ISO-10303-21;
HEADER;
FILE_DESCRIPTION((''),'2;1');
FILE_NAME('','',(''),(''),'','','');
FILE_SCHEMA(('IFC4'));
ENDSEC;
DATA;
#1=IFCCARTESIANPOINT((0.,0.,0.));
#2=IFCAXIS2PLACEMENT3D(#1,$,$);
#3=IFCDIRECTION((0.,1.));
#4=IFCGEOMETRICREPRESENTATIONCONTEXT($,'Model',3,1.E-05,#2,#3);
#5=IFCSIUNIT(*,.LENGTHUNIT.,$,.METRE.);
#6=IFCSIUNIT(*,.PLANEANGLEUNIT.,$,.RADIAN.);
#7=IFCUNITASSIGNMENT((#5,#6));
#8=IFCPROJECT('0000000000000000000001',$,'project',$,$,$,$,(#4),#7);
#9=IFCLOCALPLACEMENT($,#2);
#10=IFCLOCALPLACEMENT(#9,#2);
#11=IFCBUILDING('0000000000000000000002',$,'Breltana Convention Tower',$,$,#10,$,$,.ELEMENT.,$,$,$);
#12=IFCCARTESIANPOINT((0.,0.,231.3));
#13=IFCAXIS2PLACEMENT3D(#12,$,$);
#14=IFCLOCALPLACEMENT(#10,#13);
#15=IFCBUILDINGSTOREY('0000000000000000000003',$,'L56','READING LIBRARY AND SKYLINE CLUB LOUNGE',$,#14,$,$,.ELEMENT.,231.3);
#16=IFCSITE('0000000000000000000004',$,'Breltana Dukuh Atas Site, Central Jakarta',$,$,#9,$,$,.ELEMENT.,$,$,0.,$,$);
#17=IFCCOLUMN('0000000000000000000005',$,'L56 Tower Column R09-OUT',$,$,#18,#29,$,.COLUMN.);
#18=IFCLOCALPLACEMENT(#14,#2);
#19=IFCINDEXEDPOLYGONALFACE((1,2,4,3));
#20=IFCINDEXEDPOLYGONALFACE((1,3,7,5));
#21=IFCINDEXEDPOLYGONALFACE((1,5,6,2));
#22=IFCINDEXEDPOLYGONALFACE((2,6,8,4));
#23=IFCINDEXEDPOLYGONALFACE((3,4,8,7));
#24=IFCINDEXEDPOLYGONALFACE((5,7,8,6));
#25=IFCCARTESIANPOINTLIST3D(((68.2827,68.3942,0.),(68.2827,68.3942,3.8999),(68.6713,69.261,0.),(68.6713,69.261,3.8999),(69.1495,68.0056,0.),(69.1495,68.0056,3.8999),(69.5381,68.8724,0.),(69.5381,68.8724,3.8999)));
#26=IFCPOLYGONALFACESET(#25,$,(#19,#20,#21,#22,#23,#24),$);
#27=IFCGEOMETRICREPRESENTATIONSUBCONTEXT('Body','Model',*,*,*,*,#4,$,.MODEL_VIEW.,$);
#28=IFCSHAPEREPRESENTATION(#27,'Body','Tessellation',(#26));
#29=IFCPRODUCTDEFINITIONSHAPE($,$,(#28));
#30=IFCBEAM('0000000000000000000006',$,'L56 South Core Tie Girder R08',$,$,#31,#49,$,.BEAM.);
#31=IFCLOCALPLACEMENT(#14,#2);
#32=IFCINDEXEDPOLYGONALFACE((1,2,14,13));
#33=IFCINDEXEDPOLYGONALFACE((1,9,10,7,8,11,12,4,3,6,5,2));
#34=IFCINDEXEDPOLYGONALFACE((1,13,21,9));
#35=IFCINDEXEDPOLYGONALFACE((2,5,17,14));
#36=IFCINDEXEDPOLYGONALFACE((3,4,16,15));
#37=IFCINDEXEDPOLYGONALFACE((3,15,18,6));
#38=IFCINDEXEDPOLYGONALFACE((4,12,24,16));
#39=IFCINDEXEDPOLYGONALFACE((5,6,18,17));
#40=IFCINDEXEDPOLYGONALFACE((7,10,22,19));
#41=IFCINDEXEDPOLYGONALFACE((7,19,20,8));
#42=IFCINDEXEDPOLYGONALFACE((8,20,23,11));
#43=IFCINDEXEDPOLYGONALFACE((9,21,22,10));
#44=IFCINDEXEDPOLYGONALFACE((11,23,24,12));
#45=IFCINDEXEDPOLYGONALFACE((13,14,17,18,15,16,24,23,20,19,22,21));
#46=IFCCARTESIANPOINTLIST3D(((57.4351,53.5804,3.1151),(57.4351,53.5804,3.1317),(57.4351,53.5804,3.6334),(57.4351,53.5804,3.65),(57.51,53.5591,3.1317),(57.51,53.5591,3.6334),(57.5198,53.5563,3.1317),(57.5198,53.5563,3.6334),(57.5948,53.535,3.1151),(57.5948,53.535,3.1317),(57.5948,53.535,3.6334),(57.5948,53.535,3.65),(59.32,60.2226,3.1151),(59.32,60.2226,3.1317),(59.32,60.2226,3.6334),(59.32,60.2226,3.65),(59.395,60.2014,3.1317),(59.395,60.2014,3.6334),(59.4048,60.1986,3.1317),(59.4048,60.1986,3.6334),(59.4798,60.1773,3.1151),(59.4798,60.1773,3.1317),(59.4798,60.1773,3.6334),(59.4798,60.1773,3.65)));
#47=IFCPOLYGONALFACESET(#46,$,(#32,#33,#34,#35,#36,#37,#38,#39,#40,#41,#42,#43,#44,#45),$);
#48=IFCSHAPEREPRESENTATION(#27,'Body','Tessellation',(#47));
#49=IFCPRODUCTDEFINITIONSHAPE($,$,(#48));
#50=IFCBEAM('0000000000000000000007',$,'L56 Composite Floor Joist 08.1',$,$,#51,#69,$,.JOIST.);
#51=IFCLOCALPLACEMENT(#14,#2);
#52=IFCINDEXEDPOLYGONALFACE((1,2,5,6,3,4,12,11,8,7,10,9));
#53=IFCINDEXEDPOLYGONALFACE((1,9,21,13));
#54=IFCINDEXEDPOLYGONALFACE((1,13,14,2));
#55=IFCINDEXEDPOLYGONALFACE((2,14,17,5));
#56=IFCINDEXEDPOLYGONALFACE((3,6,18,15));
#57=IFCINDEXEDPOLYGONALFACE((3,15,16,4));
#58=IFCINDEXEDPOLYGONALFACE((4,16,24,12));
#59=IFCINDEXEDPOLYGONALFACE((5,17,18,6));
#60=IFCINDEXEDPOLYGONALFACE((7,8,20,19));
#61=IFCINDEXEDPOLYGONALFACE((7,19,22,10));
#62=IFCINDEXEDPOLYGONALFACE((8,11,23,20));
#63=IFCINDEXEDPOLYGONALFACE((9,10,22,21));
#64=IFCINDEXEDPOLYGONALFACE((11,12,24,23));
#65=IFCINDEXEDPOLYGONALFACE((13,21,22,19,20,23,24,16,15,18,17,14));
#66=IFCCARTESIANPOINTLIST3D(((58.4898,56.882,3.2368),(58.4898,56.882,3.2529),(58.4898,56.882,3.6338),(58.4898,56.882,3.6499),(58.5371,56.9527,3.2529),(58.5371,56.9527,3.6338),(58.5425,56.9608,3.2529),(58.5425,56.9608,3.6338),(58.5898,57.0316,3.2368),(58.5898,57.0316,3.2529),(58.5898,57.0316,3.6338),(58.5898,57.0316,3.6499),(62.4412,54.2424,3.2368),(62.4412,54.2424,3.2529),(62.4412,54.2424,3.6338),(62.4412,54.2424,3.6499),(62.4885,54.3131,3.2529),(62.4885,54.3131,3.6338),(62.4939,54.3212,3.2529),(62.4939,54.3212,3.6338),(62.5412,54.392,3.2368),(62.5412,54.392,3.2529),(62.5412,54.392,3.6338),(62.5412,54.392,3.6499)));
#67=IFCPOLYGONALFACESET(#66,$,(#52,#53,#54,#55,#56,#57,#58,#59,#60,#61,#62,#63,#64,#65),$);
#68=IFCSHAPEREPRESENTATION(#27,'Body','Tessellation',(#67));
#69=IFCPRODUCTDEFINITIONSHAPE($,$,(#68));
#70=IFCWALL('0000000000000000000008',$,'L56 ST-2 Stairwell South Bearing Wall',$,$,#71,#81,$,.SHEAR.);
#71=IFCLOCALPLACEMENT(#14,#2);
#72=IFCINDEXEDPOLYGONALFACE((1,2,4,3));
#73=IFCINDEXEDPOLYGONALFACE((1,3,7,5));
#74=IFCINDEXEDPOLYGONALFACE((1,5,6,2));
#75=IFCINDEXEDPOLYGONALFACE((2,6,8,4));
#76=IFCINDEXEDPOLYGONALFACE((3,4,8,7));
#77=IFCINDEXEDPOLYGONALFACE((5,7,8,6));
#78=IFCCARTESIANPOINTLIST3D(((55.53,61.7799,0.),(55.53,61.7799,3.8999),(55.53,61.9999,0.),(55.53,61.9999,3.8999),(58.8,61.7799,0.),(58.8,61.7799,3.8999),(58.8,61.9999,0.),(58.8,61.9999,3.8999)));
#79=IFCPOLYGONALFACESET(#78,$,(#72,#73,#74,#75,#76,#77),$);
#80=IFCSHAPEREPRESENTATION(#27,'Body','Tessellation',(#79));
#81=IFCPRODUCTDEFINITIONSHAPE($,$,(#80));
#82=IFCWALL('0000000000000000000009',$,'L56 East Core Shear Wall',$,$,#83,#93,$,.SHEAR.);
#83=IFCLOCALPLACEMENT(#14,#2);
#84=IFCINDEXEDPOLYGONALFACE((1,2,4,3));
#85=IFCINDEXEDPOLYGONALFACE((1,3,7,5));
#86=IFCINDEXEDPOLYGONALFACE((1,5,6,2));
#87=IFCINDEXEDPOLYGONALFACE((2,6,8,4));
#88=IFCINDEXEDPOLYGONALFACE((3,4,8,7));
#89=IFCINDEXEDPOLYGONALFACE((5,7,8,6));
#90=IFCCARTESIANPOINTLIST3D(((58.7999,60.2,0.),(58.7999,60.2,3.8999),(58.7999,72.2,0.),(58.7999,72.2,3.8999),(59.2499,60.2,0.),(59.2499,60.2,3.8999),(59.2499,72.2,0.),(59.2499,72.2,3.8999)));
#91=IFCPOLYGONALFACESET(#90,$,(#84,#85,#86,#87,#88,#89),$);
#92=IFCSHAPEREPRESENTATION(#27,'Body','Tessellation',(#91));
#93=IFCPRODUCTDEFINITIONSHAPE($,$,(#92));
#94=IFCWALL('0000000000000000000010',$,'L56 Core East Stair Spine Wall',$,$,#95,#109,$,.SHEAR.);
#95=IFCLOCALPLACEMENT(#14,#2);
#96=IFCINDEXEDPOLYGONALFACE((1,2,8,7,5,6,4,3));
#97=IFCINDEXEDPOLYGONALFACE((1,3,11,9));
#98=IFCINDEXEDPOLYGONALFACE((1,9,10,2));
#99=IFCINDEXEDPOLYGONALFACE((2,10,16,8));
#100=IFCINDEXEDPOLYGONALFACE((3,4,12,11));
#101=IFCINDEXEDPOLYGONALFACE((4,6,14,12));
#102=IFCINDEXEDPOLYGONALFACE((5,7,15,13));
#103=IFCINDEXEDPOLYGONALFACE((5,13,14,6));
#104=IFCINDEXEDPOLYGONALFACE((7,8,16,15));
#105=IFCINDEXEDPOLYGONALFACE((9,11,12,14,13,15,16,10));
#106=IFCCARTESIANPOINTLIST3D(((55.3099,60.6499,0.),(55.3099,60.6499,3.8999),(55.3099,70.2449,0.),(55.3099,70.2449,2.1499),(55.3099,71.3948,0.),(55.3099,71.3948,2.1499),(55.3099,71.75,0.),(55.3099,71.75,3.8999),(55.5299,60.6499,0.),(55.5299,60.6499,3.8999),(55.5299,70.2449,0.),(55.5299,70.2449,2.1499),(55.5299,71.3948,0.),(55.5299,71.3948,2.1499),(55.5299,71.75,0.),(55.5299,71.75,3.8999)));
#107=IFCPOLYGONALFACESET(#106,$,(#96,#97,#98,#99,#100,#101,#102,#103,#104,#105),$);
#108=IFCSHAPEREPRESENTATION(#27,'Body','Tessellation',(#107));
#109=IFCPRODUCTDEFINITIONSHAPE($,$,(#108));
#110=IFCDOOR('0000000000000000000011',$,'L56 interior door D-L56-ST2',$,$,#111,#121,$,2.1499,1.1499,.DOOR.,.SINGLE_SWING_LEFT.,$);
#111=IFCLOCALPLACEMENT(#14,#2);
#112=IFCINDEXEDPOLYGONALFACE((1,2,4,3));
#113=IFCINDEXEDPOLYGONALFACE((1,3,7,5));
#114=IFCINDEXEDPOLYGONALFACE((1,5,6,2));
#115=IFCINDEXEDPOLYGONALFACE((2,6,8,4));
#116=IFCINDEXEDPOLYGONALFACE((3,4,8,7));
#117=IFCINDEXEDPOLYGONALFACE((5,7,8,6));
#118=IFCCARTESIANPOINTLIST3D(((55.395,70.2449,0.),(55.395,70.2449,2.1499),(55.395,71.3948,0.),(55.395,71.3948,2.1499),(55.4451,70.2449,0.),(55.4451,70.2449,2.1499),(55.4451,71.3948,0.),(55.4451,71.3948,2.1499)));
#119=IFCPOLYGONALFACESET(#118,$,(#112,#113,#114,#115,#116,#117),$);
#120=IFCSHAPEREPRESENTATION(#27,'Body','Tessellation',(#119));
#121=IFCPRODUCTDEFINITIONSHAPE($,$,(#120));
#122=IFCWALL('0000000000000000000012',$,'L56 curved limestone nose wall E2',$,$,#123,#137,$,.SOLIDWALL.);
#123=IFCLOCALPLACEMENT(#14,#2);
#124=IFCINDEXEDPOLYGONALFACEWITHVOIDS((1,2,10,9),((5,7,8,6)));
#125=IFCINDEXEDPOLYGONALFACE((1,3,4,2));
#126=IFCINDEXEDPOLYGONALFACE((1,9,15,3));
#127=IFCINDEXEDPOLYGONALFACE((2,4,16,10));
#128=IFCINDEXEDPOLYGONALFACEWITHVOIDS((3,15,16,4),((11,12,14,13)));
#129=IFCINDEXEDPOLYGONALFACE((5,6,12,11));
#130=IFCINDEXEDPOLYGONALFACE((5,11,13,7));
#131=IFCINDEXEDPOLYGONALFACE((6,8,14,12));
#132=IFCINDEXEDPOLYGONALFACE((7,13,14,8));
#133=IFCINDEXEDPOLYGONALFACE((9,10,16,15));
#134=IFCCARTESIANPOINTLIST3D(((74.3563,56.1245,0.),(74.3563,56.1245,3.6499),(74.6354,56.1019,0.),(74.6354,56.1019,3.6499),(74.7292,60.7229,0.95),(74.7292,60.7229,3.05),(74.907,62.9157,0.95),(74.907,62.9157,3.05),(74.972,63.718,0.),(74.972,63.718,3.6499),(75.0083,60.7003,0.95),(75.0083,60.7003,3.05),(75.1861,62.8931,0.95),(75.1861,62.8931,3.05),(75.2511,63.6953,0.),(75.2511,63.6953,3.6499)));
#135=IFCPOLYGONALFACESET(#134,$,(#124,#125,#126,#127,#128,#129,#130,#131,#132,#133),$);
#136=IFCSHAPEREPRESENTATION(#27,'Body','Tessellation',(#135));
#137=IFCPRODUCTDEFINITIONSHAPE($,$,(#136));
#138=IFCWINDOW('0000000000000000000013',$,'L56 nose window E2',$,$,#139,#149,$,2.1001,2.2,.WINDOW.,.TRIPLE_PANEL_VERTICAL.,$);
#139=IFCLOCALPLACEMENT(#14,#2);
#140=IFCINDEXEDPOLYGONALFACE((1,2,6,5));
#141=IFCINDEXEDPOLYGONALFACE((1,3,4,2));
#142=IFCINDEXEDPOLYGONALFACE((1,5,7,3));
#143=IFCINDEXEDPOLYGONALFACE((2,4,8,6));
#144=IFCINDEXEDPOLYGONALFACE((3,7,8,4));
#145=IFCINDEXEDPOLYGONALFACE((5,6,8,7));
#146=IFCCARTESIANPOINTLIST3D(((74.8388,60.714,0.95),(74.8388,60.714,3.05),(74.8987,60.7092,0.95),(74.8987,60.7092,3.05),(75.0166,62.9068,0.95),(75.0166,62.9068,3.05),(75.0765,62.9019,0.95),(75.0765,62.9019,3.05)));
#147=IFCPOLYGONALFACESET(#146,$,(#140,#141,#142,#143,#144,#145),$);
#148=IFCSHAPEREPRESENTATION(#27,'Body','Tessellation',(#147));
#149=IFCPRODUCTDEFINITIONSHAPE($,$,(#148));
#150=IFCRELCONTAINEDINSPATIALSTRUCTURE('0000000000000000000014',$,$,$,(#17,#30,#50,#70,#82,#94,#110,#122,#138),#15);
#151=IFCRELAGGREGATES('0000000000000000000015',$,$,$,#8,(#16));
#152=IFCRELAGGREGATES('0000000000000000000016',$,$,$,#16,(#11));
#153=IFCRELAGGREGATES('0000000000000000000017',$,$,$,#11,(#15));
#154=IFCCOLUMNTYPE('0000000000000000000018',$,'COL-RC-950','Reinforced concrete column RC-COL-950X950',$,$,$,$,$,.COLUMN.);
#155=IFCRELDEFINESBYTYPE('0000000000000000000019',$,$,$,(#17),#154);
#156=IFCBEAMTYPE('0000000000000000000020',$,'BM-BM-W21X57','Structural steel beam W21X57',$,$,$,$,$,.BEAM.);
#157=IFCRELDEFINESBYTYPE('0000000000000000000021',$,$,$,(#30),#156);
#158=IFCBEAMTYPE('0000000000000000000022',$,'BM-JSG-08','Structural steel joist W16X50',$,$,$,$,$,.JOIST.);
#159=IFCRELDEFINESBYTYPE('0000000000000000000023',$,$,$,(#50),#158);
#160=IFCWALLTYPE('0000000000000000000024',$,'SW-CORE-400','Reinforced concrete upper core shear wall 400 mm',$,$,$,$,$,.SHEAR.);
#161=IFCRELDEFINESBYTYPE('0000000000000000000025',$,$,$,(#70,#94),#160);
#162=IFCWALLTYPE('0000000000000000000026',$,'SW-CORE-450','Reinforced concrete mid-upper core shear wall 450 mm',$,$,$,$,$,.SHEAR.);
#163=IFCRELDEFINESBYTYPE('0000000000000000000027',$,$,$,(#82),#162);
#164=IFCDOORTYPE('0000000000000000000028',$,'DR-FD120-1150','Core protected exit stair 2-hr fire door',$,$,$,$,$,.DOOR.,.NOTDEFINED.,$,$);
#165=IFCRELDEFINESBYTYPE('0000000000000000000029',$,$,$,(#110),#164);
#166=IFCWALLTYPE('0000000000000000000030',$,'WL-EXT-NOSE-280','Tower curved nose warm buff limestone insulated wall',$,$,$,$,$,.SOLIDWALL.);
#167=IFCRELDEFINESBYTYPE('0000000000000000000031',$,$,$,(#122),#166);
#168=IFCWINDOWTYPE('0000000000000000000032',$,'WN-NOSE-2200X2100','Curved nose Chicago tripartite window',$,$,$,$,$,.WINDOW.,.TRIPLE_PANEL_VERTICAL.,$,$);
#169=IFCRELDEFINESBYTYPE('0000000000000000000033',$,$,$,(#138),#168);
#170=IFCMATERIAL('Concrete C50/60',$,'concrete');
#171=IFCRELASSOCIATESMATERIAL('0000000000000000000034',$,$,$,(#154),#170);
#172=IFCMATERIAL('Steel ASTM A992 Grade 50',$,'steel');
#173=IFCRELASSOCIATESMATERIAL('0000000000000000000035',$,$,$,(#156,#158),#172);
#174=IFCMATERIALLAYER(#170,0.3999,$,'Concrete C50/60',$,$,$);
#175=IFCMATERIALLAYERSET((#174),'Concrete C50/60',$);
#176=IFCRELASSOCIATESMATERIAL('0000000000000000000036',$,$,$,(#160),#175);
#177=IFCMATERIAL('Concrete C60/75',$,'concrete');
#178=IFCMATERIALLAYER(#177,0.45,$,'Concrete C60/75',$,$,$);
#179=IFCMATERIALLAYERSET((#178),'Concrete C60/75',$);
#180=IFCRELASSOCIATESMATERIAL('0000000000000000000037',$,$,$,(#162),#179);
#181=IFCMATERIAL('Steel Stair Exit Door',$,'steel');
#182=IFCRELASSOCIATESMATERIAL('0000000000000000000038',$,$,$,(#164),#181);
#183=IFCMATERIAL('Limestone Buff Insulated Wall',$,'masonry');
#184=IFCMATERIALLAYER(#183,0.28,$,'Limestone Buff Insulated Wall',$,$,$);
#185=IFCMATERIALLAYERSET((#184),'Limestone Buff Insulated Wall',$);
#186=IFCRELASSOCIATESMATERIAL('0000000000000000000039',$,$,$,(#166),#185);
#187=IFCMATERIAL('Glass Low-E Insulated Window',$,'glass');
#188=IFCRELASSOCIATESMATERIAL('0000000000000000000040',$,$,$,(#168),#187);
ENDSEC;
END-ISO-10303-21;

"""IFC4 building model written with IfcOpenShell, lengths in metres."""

from ifc_helpers import new_model, si_unit, direction, frame, frame_2d, origin, origin_2d, place, context, subcontext, project, spatial, rectangle, i_section, extrude, source, transform, mapped, material, layer, layer_set, material_profile, profile_set, type_object, type_shapes, element, fill, save


model = new_model("IFC4")

# Units and contexts
model_context = context("Model", 3, precision=1e-05, world=origin(), true_north=direction((0.0, 1.0)))
body_context = subcontext(model_context, "Body", "Model", "MODEL_VIEW")
ifc_project = project(units=[si_unit("LENGTHUNIT", "METRE"), si_unit("PLANEANGLEUNIT", "RADIAN")], contexts=[model_context])

# Site, building, storey
site_placement = place(None, origin())
site = spatial("IfcSite", under=ifc_project, at=site_placement, Name="Breltana Dukuh Atas Site, Central Jakarta", CompositionType="ELEMENT", RefElevation=0.0)
building_placement = place(site_placement, origin())
building = spatial("IfcBuilding", under=site, at=building_placement, Name="Breltana Convention Tower", CompositionType="ELEMENT")
storey_placement = place(building_placement, frame((0.0, 0.0, 231.3)))
storey = spatial("IfcBuildingStorey", under=building, at=storey_placement, Name="L56", Description="READING LIBRARY AND SKYLINE CLUB LOUNGE", CompositionType="ELEMENT", Elevation=231.3)

# Column
ifc_material_1 = material(Name="Concrete C50/60", Category="concrete")
ifc_material_profile_1 = material_profile(ifc_material_1, rectangle(XDim=0.95, YDim=0.95, at=origin_2d()), Name="RC-COL-950X950")
ifc_profile_set_1 = profile_set([ifc_material_profile_1], Name="Concrete C50/60")
column_type = type_object("IfcColumnType", Name="COL-RC-950", Description="Reinforced concrete column RC-COL-950X950", PredefinedType="COLUMN", material=ifc_profile_set_1)
shared_shape_1 = source(origin(), body_context, "Body", "SweptSolid", [
    extrude(rectangle(XDim=0.95, YDim=0.95, at=origin_2d()), origin(), (0.0, 0.0, 1.0), 3.8999),
])
column_placement = place(storey_placement, frame((68.9104, 68.6333, 0.0), z_axis=(0.0, 0.0, 1.0), x_axis=(0.409127, 0.912477, 0.0)))
element("IfcColumn", 1, at=column_placement, inside=storey, type_object=column_type, Name="L56 Tower Column R09-OUT", PredefinedType="COLUMN", context=body_context, shape_type="MappedRepresentation", body=[
    mapped(shared_shape_1, transform((0.0, 0.0, 0.0), scale=1.0)),
])

# Beams
ifc_material_2 = material(Name="Steel ASTM A992 Grade 50", Category="steel")
ifc_material_profile_2 = material_profile(ifc_material_2, i_section(OverallWidth=0.166, OverallDepth=0.5349, WebThickness=0.0103, FlangeThickness=0.0166, at=origin_2d()), Name="W21X57")
ifc_profile_set_2 = profile_set([ifc_material_profile_2], Name="Steel ASTM A992 Grade 50")
beam_type_1 = type_object("IfcBeamType", Name="BM-BM-W21X57", Description="Structural steel beam W21X57", PredefinedType="BEAM", material=ifc_profile_set_2)
shared_shape_2 = source(origin(), body_context, "Body", "SweptSolid", [
    extrude(i_section(OverallWidth=0.166, OverallDepth=0.5349, WebThickness=0.0103, FlangeThickness=0.0166, at=origin_2d()), origin(), (0.0, 0.0, 1.0), 6.9045),
])
type_shapes(beam_type_1, [shared_shape_2])
beam_1_placement = place(storey_placement, frame((59.3999, 60.2, 3.3826), z_axis=(-0.273007, -0.962012, 0.0), x_axis=(0.962012, -0.273007, 0.0)))
element("IfcBeam", 2, at=beam_1_placement, inside=storey, type_object=beam_type_1, Name="L56 South Core Tie Girder R08", PredefinedType="BEAM", context=body_context, shape_type="MappedRepresentation", body=[
    mapped(shared_shape_2, transform((0.0, 0.0, 0.0), scale=1.0)),
])
ifc_material_profile_3 = material_profile(ifc_material_2, i_section(OverallWidth=0.1799, OverallDepth=0.4131, WebThickness=0.0098, FlangeThickness=0.0161, at=origin_2d()), Name="W16X50")
ifc_profile_set_3 = profile_set([ifc_material_profile_3], Name="Steel ASTM A992 Grade 50")
beam_type_2 = type_object("IfcBeamType", Name="BM-JSG-08", Description="Structural steel joist W16X50", PredefinedType="JOIST", material=ifc_profile_set_3)
shared_shape_3 = source(origin(), body_context, "Body", "SweptSolid", [
    extrude(i_section(OverallWidth=0.1799, OverallDepth=0.4131, WebThickness=0.0098, FlangeThickness=0.0161, at=origin_2d()), origin(), (0.0, 0.0, 1.0), 4.752),
])
beam_2_placement = place(storey_placement, frame((58.5398, 56.9568, 3.4434), z_axis=(0.831528, -0.555482, 0.0), x_axis=(0.555482, 0.831528, 0.0)))
element("IfcBeam", 3, at=beam_2_placement, inside=storey, type_object=beam_type_2, Name="L56 Composite Floor Joist 08.1", PredefinedType="JOIST", context=body_context, shape_type="MappedRepresentation", body=[
    mapped(shared_shape_3, transform((0.0, 0.0, 0.0), scale=1.0)),
])

# Walls
ifc_layer_1 = layer(ifc_material_1, 0.3999, Name="Concrete C50/60")
ifc_layer_set_1 = layer_set([ifc_layer_1], Name="Concrete C50/60")
wall_type_1 = type_object("IfcWallType", Name="SW-CORE-400", Description="Reinforced concrete upper core shear wall 400 mm", PredefinedType="SHEAR", material=ifc_layer_set_1)
shared_shape_4 = source(origin(), body_context, "Body", "SweptSolid", [
    extrude(rectangle(XDim=3.27, YDim=0.22, at=frame_2d((1.635, 0.0))), origin(), (0.0, 0.0, 1.0), 3.8999),
])
wall_1_placement = place(storey_placement, frame((55.53, 61.8899, 0.0), z_axis=(0.0, 0.0, 1.0), x_axis=(1.0, 0.0, 0.0)))
element("IfcWall", 4, at=wall_1_placement, inside=storey, type_object=wall_type_1, Name="L56 ST-2 Stairwell South Bearing Wall", PredefinedType="SHEAR", context=body_context, shape_type="MappedRepresentation", body=[
    mapped(shared_shape_4, transform((0.0, 0.0, 0.0), scale=1.0)),
])
ifc_material_3 = material(Name="Concrete C60/75", Category="concrete")
ifc_layer_2 = layer(ifc_material_3, 0.45, Name="Concrete C60/75")
ifc_layer_set_2 = layer_set([ifc_layer_2], Name="Concrete C60/75")
wall_type_2 = type_object("IfcWallType", Name="SW-CORE-450", Description="Reinforced concrete mid-upper core shear wall 450 mm", PredefinedType="SHEAR", material=ifc_layer_set_2)
shared_shape_5 = source(origin(), body_context, "Body", "SweptSolid", [
    extrude(rectangle(XDim=12.0, YDim=0.45, at=frame_2d((6.0, 0.0))), origin(), (0.0, 0.0, 1.0), 3.8999),
])
wall_2_placement = place(storey_placement, frame((59.0249, 60.2, 0.0), z_axis=(0.0, 0.0, 1.0), x_axis=(0.0, 1.0, 0.0)))
element("IfcWall", 5, at=wall_2_placement, inside=storey, type_object=wall_type_2, Name="L56 East Core Shear Wall", PredefinedType="SHEAR", context=body_context, shape_type="MappedRepresentation", body=[
    mapped(shared_shape_5, transform((0.0, 0.0, 0.0), scale=1.0)),
])

# Wall, opening, door
shared_shape_6 = source(origin(), body_context, "Body", "SweptSolid", [
    extrude(rectangle(XDim=11.1001, YDim=0.22, at=frame_2d((5.55, 0.0))), origin(), (0.0, 0.0, 1.0), 3.8999),
])
wall_3_placement = place(storey_placement, frame((55.4199, 60.6499, 0.0), z_axis=(0.0, 0.0, 1.0), x_axis=(0.0, 1.0, 0.0)))
wall_3 = element("IfcWall", 6, at=wall_3_placement, inside=storey, type_object=wall_type_1, Name="L56 Core East Stair Spine Wall", PredefinedType="SHEAR", context=body_context, shape_type="MappedRepresentation", body=[
    mapped(shared_shape_6, transform((0.0, 0.0, 0.0), scale=1.0)),
])
opening_1_placement = place(wall_3_placement, frame((9.595, 0.0, 0.0)))
opening_1 = element("IfcOpeningElement", 7, at=opening_1_placement, cuts=wall_3, PredefinedType="OPENING", context=body_context, shape_type="SweptSolid", body=[
    extrude(rectangle(XDim=1.1499, YDim=2.1499, at=frame_2d((0.575, 1.075))), frame((0.0, 0.1201, 0.0), z_axis=(0.0, -1.0, 0.0), x_axis=(1.0, 0.0, 0.0)), (0.0, 0.0, 1.0), 0.24),
])
ifc_material_4 = material(Name="Steel Stair Exit Door", Category="steel")
door_type_1 = type_object("IfcDoorType", Name="DR-FD120-1150", Description="Core protected exit stair 2-hr fire door", OperationType="NOTDEFINED", PredefinedType="DOOR", material=ifc_material_4)
shared_shape_7 = source(origin(), body_context, "Body", "SweptSolid", [
    extrude(rectangle(XDim=1.1499, YDim=2.1499, at=frame_2d((0.575, 1.075))), frame((0.0, 0.0249, 0.0), z_axis=(0.0, -1.0, 0.0), x_axis=(1.0, 0.0, 0.0)), (0.0, 0.0, 1.0), 0.05),
])
type_shapes(door_type_1, [shared_shape_7])
door_1_placement = place(opening_1_placement, origin())
door_1 = element("IfcDoor", 8, at=door_1_placement, inside=storey, type_object=door_type_1, Name="L56 interior door D-L56-ST2", OperationType="SINGLE_SWING_LEFT", OverallHeight=2.1499, OverallWidth=1.1499, PredefinedType="DOOR", context=body_context, shape_type="MappedRepresentation", body=[
    mapped(shared_shape_7, transform((0.0, 0.0, 0.0), scale=1.0)),
])
fill(opening_1, door_1)

# Wall, opening, window
ifc_material_5 = material(Name="Limestone Buff Insulated Wall", Category="masonry")
ifc_layer_3 = layer(ifc_material_5, 0.28, Name="Limestone Buff Insulated Wall")
ifc_layer_set_3 = layer_set([ifc_layer_3], Name="Limestone Buff Insulated Wall")
wall_type_3 = type_object("IfcWallType", Name="WL-EXT-NOSE-280", Description="Tower curved nose warm buff limestone insulated wall", PredefinedType="SOLIDWALL", material=ifc_layer_set_3)
shared_shape_8 = source(origin(), body_context, "Body", "SweptSolid", [
    extrude(rectangle(XDim=7.6184, YDim=0.28, at=frame_2d((3.8091, 0.0))), origin(), (0.0, 0.0, 1.0), 3.6499),
])
wall_4_placement = place(storey_placement, frame((75.1116, 63.7065, 0.0), z_axis=(0.0, 0.0, 1.0), x_axis=(-0.08082, -0.996729, 0.0)))
wall_4 = element("IfcWall", 9, at=wall_4_placement, inside=storey, type_object=wall_type_3, Name="L56 curved limestone nose wall E2", PredefinedType="SOLIDWALL", context=body_context, shape_type="MappedRepresentation", body=[
    mapped(shared_shape_8, transform((0.0, 0.0, 0.0), scale=1.0)),
])
opening_2_placement = place(wall_4_placement, frame((0.8047, 0.0, 0.95)))
opening_2 = element("IfcOpeningElement", 10, at=opening_2_placement, cuts=wall_4, PredefinedType="OPENING", context=body_context, shape_type="SweptSolid", body=[
    extrude(rectangle(XDim=2.2, YDim=2.1001, at=frame_2d((1.1001, 1.05))), frame((0.0, 0.1499, 0.0), z_axis=(0.0, -1.0, 0.0), x_axis=(1.0, 0.0, 0.0)), (0.0, 0.0, 1.0), 0.3),
])
ifc_material_6 = material(Name="Glass Low-E Insulated Window", Category="glass")
window_type = type_object("IfcWindowType", Name="WN-NOSE-2200X2100", Description="Curved nose Chicago tripartite window", PartitioningType="TRIPLE_PANEL_VERTICAL", PredefinedType="WINDOW", material=ifc_material_6)
shared_shape_9 = source(origin(), body_context, "Body", "SweptSolid", [
    extrude(rectangle(XDim=2.2, YDim=2.1001, at=frame_2d((1.1001, 1.05))), frame((0.0, 0.03, 0.0), z_axis=(0.0, -1.0, 0.0), x_axis=(1.0, 0.0, 0.0)), (0.0, 0.0, 1.0), 0.0601),
])
type_shapes(window_type, [shared_shape_9])
window_1_placement = place(opening_2_placement, origin())
window_1 = element("IfcWindow", 11, at=window_1_placement, inside=storey, type_object=window_type, Name="L56 nose window E2", OverallHeight=2.1001, OverallWidth=2.2, PartitioningType="TRIPLE_PANEL_VERTICAL", PredefinedType="WINDOW", context=body_context, shape_type="MappedRepresentation", body=[
    mapped(shared_shape_9, transform((0.0, 0.0, 0.0), scale=1.0)),
])
fill(opening_2, window_1)

save(model, "model.ifc")
